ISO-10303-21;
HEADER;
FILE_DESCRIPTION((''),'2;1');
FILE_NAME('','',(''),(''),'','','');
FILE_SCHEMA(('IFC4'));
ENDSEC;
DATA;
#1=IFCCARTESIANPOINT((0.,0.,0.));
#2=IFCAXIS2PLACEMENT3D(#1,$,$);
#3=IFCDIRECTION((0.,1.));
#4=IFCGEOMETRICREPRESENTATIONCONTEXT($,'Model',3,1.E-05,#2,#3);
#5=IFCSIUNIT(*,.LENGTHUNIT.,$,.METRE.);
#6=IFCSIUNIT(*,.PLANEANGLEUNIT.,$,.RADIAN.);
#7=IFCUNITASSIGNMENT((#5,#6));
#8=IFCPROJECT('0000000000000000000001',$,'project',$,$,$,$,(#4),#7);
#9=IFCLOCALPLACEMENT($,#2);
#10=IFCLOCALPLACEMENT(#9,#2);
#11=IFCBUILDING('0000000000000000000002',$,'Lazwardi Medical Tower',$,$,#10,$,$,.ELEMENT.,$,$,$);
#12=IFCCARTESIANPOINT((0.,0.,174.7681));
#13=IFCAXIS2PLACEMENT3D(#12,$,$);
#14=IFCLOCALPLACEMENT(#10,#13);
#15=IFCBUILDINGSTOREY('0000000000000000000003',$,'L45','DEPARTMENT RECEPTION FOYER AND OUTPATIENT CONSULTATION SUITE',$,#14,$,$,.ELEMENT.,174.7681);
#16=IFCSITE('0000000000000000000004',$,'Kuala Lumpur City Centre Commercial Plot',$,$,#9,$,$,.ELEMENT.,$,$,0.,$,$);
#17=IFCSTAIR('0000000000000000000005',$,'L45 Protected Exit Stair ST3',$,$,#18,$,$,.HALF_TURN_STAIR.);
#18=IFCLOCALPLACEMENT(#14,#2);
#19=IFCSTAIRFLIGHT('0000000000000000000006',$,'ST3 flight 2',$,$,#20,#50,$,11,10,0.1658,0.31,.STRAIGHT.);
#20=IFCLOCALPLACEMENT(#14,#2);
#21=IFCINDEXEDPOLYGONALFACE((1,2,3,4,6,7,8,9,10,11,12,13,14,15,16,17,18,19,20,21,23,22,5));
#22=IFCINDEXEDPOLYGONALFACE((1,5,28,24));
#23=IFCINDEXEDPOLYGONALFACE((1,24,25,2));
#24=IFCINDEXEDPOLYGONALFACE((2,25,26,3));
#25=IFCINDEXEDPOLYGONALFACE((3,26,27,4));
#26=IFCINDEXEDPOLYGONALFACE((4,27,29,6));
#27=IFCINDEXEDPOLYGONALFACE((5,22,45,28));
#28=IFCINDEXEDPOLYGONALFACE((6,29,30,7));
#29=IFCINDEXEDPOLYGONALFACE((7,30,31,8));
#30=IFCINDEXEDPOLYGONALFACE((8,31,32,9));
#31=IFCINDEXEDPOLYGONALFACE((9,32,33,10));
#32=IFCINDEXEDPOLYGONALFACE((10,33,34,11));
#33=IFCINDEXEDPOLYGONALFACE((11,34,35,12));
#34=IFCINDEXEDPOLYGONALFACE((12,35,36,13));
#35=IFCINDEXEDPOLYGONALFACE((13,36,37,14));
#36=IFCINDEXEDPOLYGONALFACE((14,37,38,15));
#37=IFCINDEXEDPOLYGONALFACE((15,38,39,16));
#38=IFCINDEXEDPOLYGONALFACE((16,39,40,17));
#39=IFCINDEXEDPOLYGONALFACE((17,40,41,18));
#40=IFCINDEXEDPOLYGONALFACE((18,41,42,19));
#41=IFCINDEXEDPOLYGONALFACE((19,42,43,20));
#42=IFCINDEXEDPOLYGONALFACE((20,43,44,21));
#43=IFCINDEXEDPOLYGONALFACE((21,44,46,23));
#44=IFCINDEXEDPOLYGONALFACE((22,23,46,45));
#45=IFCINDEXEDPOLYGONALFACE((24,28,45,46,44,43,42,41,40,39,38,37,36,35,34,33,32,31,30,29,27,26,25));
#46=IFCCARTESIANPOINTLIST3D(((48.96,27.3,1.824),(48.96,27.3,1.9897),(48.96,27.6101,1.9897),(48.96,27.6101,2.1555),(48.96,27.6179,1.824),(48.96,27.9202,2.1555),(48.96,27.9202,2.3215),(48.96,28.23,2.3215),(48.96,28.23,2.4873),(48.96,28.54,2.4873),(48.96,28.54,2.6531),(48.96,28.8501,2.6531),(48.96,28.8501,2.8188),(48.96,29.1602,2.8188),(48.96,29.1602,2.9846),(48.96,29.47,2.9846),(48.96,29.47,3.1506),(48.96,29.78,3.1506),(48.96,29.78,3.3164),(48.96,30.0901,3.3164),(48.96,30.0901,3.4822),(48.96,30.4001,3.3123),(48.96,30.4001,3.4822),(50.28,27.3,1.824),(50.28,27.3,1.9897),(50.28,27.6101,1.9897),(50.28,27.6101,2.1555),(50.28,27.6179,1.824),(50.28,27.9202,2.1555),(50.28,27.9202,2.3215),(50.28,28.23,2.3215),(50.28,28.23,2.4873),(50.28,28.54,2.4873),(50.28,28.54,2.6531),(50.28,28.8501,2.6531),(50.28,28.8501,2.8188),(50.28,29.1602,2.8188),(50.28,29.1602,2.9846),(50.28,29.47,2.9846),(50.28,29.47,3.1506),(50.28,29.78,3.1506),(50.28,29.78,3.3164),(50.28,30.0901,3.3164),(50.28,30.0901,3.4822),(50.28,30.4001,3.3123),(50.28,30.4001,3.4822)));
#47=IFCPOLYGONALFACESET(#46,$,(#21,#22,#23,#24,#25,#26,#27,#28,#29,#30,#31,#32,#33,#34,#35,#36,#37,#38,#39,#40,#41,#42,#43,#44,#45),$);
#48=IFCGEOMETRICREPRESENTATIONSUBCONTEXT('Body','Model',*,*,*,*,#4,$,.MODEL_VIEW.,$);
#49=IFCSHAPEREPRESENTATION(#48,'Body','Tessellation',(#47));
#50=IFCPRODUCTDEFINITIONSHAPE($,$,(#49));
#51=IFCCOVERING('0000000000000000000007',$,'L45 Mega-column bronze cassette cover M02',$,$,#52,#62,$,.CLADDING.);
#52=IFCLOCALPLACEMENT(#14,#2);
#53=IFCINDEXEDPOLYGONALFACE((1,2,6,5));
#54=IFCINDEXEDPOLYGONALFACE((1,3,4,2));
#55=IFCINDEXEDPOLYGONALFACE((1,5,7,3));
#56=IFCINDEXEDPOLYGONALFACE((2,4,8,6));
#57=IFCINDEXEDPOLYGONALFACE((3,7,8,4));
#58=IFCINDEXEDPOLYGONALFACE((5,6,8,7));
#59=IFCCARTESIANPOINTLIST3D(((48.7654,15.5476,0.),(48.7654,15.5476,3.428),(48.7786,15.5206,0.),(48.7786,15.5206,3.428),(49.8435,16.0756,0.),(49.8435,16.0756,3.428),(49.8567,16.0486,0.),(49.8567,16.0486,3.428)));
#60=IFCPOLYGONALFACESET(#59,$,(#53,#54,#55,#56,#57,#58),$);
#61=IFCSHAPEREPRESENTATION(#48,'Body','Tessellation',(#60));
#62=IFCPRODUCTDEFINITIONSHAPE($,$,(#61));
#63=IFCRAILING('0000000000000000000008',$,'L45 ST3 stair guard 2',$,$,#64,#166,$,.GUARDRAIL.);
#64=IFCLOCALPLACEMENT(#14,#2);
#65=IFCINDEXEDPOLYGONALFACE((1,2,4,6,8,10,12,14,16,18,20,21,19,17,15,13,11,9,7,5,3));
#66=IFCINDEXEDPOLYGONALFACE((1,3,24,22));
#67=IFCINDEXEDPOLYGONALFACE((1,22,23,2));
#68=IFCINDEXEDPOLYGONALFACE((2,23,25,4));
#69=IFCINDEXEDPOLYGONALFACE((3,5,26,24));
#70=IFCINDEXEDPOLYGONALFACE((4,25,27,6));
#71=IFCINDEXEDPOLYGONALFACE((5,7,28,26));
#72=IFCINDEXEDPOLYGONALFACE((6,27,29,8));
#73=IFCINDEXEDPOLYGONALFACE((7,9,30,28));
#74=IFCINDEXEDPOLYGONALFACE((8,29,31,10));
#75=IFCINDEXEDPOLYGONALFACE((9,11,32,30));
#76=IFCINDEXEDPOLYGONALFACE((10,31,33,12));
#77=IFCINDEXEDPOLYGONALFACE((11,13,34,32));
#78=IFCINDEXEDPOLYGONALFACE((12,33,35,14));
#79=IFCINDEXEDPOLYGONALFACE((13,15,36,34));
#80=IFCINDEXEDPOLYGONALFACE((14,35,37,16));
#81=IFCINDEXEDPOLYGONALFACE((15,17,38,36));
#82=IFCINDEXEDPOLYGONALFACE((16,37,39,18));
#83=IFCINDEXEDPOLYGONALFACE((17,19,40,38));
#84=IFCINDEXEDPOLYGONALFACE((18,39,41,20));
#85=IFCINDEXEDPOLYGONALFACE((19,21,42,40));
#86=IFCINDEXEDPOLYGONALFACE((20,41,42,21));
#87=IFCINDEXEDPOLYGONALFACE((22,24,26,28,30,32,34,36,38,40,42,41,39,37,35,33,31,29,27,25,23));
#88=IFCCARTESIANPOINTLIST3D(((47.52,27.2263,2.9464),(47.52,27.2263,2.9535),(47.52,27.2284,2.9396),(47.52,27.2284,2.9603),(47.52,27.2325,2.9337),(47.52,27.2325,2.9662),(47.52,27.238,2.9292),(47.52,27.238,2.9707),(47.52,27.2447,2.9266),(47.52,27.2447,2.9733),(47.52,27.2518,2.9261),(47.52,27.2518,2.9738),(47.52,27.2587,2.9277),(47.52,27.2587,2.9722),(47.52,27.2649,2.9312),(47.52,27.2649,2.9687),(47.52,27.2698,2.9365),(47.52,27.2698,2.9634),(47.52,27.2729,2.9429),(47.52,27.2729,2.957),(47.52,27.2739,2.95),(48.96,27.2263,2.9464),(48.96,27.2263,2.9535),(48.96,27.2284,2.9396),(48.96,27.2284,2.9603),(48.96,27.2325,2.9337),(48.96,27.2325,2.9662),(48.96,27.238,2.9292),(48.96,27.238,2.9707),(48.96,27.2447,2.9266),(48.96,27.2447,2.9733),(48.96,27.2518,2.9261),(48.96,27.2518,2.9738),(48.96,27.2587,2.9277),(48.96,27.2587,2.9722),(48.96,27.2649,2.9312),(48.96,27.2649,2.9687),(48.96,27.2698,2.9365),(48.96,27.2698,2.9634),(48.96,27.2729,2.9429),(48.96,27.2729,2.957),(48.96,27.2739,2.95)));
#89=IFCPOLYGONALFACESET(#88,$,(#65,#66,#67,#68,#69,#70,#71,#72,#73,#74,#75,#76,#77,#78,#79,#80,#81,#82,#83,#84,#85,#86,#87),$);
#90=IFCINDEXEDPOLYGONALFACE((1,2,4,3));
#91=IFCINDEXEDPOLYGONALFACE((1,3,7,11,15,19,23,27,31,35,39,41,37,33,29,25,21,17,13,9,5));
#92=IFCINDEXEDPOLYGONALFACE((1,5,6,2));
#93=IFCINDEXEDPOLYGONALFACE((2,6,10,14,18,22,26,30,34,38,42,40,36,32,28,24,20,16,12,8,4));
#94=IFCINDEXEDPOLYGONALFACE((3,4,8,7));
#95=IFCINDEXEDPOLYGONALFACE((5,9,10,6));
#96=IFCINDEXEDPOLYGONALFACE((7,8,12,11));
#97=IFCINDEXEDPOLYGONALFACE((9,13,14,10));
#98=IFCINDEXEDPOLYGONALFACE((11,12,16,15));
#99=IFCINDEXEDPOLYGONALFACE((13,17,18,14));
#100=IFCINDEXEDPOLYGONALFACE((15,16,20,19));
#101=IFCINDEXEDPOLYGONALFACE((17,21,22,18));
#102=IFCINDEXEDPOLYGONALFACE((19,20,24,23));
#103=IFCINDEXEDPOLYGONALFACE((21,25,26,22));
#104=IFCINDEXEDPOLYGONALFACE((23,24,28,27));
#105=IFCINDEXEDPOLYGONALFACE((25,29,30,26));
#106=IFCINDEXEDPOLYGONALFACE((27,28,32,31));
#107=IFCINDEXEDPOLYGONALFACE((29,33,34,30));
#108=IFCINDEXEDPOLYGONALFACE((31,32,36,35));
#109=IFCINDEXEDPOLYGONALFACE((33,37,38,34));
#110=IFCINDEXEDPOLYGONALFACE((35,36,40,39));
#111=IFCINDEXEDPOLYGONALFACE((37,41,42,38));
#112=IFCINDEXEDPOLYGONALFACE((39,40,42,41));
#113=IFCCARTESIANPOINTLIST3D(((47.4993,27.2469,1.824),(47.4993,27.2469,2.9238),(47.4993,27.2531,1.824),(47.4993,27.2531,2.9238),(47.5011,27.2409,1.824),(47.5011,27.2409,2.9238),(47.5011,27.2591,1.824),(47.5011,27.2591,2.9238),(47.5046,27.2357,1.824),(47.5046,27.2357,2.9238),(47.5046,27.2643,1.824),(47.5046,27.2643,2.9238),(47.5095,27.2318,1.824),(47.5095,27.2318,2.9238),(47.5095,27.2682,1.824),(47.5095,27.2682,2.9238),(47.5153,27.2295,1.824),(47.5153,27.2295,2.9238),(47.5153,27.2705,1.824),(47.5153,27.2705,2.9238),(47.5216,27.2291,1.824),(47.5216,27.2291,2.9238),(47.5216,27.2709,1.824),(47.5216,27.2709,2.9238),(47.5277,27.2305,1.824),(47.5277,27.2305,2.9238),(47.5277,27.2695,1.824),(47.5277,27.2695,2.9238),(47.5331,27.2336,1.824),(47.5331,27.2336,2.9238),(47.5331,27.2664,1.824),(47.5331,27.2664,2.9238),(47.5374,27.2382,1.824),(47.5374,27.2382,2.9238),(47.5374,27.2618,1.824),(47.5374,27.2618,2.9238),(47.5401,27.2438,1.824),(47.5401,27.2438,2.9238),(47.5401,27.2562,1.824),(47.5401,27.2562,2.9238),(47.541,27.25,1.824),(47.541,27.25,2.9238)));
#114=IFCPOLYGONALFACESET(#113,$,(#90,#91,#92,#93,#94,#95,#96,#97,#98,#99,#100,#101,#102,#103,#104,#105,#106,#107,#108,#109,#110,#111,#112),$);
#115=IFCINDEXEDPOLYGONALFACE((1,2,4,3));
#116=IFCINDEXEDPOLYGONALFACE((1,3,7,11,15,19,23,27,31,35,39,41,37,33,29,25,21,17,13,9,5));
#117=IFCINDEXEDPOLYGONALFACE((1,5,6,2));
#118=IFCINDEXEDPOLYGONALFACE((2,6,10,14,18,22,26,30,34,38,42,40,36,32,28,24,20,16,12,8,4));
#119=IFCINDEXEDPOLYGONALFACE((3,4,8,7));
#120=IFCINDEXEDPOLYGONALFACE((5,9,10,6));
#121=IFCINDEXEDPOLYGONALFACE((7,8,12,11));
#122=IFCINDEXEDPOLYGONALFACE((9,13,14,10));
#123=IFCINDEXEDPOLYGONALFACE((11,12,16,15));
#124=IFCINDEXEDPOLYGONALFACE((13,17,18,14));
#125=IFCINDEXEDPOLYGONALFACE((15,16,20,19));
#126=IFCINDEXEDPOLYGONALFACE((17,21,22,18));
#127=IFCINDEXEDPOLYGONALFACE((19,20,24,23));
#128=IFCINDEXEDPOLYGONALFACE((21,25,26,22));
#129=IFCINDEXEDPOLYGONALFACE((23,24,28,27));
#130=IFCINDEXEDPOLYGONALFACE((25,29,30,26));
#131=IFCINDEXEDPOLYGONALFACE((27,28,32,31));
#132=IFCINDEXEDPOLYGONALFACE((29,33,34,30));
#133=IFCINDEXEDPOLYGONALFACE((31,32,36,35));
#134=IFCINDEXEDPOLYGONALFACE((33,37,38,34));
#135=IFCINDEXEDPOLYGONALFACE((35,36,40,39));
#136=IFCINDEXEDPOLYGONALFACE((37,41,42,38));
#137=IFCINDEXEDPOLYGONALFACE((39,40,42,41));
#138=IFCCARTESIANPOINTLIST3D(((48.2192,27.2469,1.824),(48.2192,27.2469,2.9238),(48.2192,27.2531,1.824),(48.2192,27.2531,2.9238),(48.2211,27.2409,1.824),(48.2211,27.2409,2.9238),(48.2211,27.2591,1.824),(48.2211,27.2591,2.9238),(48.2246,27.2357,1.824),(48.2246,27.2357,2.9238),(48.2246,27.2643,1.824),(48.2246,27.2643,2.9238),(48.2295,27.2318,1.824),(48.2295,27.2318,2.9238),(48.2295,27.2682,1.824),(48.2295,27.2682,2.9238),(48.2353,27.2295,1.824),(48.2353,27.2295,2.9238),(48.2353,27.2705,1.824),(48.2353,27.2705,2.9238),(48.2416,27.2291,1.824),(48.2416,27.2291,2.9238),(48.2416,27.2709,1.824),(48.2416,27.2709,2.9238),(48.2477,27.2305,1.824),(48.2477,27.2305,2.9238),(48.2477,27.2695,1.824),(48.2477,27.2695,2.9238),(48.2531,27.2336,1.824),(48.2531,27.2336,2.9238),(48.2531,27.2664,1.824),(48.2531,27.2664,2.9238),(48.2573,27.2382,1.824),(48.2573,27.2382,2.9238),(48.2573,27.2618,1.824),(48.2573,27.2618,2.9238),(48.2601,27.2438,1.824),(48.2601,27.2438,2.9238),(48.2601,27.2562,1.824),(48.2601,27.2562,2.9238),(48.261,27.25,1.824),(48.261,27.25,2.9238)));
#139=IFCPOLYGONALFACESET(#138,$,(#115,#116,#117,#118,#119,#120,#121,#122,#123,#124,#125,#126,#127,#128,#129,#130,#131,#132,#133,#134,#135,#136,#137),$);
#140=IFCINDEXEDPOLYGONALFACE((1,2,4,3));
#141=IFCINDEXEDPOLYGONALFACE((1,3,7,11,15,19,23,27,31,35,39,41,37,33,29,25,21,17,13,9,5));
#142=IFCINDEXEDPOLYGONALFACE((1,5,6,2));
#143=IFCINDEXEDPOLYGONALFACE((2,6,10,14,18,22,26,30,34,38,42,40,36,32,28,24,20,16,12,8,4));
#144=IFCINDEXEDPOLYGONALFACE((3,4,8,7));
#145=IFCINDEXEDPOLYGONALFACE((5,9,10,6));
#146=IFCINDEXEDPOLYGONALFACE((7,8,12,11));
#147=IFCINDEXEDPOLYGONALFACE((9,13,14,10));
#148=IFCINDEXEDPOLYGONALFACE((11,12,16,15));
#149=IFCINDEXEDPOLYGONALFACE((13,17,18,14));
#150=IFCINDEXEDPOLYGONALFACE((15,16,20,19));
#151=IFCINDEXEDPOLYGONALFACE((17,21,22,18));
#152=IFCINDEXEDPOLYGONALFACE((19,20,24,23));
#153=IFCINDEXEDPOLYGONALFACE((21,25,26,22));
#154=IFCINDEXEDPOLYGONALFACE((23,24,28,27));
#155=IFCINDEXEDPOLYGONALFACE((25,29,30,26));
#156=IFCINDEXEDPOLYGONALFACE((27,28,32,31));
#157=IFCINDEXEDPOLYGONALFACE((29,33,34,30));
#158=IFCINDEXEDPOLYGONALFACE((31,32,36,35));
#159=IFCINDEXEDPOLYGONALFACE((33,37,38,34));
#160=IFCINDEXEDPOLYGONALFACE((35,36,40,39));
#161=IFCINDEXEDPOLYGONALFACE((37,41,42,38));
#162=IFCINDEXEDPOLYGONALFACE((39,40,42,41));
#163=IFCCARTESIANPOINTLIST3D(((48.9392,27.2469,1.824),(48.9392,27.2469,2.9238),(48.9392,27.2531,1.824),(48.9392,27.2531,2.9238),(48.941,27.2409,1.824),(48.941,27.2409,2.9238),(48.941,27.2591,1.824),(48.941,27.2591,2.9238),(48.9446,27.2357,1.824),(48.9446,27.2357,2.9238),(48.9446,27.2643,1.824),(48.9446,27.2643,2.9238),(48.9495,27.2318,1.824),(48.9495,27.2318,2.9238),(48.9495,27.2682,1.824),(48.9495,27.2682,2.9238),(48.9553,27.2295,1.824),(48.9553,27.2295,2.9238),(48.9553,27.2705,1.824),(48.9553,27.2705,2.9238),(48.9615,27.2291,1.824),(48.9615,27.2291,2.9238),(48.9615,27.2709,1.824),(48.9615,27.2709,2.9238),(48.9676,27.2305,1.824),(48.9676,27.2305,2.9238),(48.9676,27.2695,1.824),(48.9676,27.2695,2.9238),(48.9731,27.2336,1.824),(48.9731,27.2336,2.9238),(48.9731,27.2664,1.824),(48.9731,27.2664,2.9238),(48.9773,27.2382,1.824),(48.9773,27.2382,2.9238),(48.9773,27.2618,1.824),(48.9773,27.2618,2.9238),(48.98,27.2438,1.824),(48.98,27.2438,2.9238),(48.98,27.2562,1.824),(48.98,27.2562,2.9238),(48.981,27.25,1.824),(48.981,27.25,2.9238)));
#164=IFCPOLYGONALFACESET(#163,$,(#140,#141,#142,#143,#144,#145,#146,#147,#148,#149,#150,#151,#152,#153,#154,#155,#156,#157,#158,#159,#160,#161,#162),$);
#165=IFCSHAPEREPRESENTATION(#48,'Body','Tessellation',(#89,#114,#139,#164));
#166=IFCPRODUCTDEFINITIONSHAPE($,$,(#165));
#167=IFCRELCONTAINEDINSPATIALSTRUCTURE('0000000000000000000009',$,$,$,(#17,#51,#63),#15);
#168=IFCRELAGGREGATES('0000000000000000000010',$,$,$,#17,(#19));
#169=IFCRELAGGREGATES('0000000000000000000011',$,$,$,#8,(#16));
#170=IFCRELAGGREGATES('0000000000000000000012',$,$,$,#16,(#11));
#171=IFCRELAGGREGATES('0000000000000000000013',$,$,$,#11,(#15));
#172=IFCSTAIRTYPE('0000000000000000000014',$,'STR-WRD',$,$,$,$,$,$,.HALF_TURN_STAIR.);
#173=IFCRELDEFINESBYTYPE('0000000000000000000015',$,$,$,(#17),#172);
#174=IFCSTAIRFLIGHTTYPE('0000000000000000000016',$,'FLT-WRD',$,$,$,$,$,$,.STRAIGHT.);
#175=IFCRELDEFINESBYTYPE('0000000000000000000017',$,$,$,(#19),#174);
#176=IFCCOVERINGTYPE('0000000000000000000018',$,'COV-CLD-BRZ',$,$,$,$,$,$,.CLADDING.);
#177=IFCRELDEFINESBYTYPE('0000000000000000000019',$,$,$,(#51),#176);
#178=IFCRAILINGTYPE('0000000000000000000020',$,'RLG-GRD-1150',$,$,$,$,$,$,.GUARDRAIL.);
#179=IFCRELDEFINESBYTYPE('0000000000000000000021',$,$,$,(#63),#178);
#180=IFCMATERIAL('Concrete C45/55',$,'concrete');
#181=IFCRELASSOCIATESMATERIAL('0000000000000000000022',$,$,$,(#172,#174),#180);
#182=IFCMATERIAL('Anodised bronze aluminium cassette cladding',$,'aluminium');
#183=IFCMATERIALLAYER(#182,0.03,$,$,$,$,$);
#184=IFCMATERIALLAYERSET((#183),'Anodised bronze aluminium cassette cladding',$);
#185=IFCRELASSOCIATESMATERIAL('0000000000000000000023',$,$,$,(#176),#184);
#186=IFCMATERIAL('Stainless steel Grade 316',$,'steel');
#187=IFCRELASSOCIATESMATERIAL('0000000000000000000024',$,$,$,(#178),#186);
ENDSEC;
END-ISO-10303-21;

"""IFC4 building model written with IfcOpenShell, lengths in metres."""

from ifc_helpers import new_model, si_unit, direction, frame, origin, origin_2d, place, context, subcontext, project, spatial, polyline, rectangle, circle, outline, extrude, material, layer, layer_set, type_object, element, aggregate, save


model = new_model("IFC4")

# Units and contexts
model_context = context("Model", 3, precision=1e-05, world=origin(), true_north=direction((0.0, 1.0)))
body_context = subcontext(model_context, "Body", "Model", "MODEL_VIEW")
ifc_project = project(units=[si_unit("LENGTHUNIT", "METRE"), si_unit("PLANEANGLEUNIT", "RADIAN")], contexts=[model_context])

# Site, building, storey
site_placement = place(None, origin())
site = spatial("IfcSite", under=ifc_project, at=site_placement, Name="Kuala Lumpur City Centre Commercial Plot", CompositionType="ELEMENT", RefElevation=0.0)
building_placement = place(site_placement, origin())
building = spatial("IfcBuilding", under=site, at=building_placement, Name="Lazwardi Medical Tower", CompositionType="ELEMENT")
storey_placement = place(building_placement, frame((0.0, 0.0, 174.7681)))
storey = spatial("IfcBuildingStorey", under=building, at=storey_placement, Name="L45", Description="DEPARTMENT RECEPTION FOYER AND OUTPATIENT CONSULTATION SUITE", CompositionType="ELEMENT", Elevation=174.7681)

# Stair, stair flight
ifc_material_1 = material(Name="Concrete C45/55", Category="concrete")
stair_type = type_object("IfcStairType", Name="STR-WRD", PredefinedType="HALF_TURN_STAIR", material=ifc_material_1)
stair_placement = place(storey_placement, origin())
stair = element("IfcStair", 1, at=stair_placement, inside=storey, type_object=stair_type, Name="L45 Protected Exit Stair ST3", PredefinedType="HALF_TURN_STAIR")
stair_flight_type = type_object("IfcStairFlightType", Name="FLT-WRD", PredefinedType="STRAIGHT", material=ifc_material_1)
stair_flight_placement = place(storey_placement, frame((49.6201, 27.3, 1.824), z_axis=(0.0, 0.0, 1.0), x_axis=(0.0, 1.0, 0.0)))
stair_flight = element("IfcStairFlight", 2, at=stair_flight_placement, type_object=stair_flight_type, Name="ST3 flight 2", NumberOfRisers=11, NumberOfTreads=10, PredefinedType="STRAIGHT", RiserHeight=0.1658, TreadLength=0.31, context=body_context, shape_type="SweptSolid", body=[
    extrude(outline(polyline([(0.0, 0.0), (0.0, 0.1658), (0.3101, 0.1658), (0.3101, 0.3315), (0.6201, 0.3315), (0.6201, 0.4976), (0.9299, 0.4976), (0.9299, 0.6633), (1.24, 0.6633), (1.24, 0.8291), (1.55, 0.8291), (1.55, 0.9949), (1.8601, 0.9949), (1.8601, 1.1606), (2.1699, 1.1606), (2.1699, 1.3267), (2.48, 1.3267), (2.48, 1.4924), (2.79, 1.4924), (2.79, 1.6582), (3.1001, 1.6582), (3.1001, 1.824), (3.1001, 1.4883), (0.3179, 0.0), (0.0, 0.0)])), frame((0.0, 0.6602, 0.0), z_axis=(0.0, -1.0, 0.0), x_axis=(1.0, 0.0, 0.0)), (0.0, 0.0, 1.0), 1.3201),
])
aggregate(stair, [stair_flight])

# Covering
ifc_material_2 = material(Name="Anodised bronze aluminium cassette cladding", Category="aluminium")
ifc_layer_1 = layer(ifc_material_2, 0.03)
ifc_layer_set_1 = layer_set([ifc_layer_1], Name="Anodised bronze aluminium cassette cladding")
covering_type = type_object("IfcCoveringType", Name="COV-CLD-BRZ", PredefinedType="CLADDING", material=ifc_layer_set_1)
covering_placement = place(storey_placement, frame((49.311, 15.7981, 0.0), z_axis=(0.0, 0.0, 1.0), x_axis=(0.898079, 0.439834, 0.0)))
element("IfcCovering", 3, at=covering_placement, inside=storey, type_object=covering_type, Name="L45 Mega-column bronze cassette cover M02", PredefinedType="CLADDING", context=body_context, shape_type="SweptSolid", body=[
    extrude(rectangle(XDim=1.2004, YDim=0.03, at=origin_2d()), origin(), (0.0, 0.0, 1.0), 3.428),
])

# Railing
ifc_material_3 = material(Name="Stainless steel Grade 316", Category="steel")
railing_type_1 = type_object("IfcRailingType", Name="RLG-GRD-1150", PredefinedType="GUARDRAIL", material=ifc_material_3)
railing_1_placement = place(storey_placement, frame((47.52, 27.25, 1.824)))
element("IfcRailing", 4, at=railing_1_placement, inside=storey, type_object=railing_type_1, Name="L45 ST3 stair guard 2", PredefinedType="GUARDRAIL", context=body_context, shape_type="SweptSolid", body=[
    extrude(circle(Radius=0.0239, at=origin_2d()), frame((0.0, 0.0, 1.126), z_axis=(1.0, 0.0, 0.0), x_axis=(0.0, 1.0, 0.0)), (0.0, 0.0, 1.0), 1.4399),
    extrude(circle(Radius=0.021, at=origin_2d()), origin(), (0.0, 0.0, 1.0), 1.0999),
    extrude(circle(Radius=0.021, at=origin_2d()), frame((0.72, 0.0, 0.0)), (0.0, 0.0, 1.0), 1.0999),
    extrude(circle(Radius=0.021, at=origin_2d()), frame((1.4399, 0.0, 0.0)), (0.0, 0.0, 1.0), 1.0999),
])

save(model, "model.ifc")
